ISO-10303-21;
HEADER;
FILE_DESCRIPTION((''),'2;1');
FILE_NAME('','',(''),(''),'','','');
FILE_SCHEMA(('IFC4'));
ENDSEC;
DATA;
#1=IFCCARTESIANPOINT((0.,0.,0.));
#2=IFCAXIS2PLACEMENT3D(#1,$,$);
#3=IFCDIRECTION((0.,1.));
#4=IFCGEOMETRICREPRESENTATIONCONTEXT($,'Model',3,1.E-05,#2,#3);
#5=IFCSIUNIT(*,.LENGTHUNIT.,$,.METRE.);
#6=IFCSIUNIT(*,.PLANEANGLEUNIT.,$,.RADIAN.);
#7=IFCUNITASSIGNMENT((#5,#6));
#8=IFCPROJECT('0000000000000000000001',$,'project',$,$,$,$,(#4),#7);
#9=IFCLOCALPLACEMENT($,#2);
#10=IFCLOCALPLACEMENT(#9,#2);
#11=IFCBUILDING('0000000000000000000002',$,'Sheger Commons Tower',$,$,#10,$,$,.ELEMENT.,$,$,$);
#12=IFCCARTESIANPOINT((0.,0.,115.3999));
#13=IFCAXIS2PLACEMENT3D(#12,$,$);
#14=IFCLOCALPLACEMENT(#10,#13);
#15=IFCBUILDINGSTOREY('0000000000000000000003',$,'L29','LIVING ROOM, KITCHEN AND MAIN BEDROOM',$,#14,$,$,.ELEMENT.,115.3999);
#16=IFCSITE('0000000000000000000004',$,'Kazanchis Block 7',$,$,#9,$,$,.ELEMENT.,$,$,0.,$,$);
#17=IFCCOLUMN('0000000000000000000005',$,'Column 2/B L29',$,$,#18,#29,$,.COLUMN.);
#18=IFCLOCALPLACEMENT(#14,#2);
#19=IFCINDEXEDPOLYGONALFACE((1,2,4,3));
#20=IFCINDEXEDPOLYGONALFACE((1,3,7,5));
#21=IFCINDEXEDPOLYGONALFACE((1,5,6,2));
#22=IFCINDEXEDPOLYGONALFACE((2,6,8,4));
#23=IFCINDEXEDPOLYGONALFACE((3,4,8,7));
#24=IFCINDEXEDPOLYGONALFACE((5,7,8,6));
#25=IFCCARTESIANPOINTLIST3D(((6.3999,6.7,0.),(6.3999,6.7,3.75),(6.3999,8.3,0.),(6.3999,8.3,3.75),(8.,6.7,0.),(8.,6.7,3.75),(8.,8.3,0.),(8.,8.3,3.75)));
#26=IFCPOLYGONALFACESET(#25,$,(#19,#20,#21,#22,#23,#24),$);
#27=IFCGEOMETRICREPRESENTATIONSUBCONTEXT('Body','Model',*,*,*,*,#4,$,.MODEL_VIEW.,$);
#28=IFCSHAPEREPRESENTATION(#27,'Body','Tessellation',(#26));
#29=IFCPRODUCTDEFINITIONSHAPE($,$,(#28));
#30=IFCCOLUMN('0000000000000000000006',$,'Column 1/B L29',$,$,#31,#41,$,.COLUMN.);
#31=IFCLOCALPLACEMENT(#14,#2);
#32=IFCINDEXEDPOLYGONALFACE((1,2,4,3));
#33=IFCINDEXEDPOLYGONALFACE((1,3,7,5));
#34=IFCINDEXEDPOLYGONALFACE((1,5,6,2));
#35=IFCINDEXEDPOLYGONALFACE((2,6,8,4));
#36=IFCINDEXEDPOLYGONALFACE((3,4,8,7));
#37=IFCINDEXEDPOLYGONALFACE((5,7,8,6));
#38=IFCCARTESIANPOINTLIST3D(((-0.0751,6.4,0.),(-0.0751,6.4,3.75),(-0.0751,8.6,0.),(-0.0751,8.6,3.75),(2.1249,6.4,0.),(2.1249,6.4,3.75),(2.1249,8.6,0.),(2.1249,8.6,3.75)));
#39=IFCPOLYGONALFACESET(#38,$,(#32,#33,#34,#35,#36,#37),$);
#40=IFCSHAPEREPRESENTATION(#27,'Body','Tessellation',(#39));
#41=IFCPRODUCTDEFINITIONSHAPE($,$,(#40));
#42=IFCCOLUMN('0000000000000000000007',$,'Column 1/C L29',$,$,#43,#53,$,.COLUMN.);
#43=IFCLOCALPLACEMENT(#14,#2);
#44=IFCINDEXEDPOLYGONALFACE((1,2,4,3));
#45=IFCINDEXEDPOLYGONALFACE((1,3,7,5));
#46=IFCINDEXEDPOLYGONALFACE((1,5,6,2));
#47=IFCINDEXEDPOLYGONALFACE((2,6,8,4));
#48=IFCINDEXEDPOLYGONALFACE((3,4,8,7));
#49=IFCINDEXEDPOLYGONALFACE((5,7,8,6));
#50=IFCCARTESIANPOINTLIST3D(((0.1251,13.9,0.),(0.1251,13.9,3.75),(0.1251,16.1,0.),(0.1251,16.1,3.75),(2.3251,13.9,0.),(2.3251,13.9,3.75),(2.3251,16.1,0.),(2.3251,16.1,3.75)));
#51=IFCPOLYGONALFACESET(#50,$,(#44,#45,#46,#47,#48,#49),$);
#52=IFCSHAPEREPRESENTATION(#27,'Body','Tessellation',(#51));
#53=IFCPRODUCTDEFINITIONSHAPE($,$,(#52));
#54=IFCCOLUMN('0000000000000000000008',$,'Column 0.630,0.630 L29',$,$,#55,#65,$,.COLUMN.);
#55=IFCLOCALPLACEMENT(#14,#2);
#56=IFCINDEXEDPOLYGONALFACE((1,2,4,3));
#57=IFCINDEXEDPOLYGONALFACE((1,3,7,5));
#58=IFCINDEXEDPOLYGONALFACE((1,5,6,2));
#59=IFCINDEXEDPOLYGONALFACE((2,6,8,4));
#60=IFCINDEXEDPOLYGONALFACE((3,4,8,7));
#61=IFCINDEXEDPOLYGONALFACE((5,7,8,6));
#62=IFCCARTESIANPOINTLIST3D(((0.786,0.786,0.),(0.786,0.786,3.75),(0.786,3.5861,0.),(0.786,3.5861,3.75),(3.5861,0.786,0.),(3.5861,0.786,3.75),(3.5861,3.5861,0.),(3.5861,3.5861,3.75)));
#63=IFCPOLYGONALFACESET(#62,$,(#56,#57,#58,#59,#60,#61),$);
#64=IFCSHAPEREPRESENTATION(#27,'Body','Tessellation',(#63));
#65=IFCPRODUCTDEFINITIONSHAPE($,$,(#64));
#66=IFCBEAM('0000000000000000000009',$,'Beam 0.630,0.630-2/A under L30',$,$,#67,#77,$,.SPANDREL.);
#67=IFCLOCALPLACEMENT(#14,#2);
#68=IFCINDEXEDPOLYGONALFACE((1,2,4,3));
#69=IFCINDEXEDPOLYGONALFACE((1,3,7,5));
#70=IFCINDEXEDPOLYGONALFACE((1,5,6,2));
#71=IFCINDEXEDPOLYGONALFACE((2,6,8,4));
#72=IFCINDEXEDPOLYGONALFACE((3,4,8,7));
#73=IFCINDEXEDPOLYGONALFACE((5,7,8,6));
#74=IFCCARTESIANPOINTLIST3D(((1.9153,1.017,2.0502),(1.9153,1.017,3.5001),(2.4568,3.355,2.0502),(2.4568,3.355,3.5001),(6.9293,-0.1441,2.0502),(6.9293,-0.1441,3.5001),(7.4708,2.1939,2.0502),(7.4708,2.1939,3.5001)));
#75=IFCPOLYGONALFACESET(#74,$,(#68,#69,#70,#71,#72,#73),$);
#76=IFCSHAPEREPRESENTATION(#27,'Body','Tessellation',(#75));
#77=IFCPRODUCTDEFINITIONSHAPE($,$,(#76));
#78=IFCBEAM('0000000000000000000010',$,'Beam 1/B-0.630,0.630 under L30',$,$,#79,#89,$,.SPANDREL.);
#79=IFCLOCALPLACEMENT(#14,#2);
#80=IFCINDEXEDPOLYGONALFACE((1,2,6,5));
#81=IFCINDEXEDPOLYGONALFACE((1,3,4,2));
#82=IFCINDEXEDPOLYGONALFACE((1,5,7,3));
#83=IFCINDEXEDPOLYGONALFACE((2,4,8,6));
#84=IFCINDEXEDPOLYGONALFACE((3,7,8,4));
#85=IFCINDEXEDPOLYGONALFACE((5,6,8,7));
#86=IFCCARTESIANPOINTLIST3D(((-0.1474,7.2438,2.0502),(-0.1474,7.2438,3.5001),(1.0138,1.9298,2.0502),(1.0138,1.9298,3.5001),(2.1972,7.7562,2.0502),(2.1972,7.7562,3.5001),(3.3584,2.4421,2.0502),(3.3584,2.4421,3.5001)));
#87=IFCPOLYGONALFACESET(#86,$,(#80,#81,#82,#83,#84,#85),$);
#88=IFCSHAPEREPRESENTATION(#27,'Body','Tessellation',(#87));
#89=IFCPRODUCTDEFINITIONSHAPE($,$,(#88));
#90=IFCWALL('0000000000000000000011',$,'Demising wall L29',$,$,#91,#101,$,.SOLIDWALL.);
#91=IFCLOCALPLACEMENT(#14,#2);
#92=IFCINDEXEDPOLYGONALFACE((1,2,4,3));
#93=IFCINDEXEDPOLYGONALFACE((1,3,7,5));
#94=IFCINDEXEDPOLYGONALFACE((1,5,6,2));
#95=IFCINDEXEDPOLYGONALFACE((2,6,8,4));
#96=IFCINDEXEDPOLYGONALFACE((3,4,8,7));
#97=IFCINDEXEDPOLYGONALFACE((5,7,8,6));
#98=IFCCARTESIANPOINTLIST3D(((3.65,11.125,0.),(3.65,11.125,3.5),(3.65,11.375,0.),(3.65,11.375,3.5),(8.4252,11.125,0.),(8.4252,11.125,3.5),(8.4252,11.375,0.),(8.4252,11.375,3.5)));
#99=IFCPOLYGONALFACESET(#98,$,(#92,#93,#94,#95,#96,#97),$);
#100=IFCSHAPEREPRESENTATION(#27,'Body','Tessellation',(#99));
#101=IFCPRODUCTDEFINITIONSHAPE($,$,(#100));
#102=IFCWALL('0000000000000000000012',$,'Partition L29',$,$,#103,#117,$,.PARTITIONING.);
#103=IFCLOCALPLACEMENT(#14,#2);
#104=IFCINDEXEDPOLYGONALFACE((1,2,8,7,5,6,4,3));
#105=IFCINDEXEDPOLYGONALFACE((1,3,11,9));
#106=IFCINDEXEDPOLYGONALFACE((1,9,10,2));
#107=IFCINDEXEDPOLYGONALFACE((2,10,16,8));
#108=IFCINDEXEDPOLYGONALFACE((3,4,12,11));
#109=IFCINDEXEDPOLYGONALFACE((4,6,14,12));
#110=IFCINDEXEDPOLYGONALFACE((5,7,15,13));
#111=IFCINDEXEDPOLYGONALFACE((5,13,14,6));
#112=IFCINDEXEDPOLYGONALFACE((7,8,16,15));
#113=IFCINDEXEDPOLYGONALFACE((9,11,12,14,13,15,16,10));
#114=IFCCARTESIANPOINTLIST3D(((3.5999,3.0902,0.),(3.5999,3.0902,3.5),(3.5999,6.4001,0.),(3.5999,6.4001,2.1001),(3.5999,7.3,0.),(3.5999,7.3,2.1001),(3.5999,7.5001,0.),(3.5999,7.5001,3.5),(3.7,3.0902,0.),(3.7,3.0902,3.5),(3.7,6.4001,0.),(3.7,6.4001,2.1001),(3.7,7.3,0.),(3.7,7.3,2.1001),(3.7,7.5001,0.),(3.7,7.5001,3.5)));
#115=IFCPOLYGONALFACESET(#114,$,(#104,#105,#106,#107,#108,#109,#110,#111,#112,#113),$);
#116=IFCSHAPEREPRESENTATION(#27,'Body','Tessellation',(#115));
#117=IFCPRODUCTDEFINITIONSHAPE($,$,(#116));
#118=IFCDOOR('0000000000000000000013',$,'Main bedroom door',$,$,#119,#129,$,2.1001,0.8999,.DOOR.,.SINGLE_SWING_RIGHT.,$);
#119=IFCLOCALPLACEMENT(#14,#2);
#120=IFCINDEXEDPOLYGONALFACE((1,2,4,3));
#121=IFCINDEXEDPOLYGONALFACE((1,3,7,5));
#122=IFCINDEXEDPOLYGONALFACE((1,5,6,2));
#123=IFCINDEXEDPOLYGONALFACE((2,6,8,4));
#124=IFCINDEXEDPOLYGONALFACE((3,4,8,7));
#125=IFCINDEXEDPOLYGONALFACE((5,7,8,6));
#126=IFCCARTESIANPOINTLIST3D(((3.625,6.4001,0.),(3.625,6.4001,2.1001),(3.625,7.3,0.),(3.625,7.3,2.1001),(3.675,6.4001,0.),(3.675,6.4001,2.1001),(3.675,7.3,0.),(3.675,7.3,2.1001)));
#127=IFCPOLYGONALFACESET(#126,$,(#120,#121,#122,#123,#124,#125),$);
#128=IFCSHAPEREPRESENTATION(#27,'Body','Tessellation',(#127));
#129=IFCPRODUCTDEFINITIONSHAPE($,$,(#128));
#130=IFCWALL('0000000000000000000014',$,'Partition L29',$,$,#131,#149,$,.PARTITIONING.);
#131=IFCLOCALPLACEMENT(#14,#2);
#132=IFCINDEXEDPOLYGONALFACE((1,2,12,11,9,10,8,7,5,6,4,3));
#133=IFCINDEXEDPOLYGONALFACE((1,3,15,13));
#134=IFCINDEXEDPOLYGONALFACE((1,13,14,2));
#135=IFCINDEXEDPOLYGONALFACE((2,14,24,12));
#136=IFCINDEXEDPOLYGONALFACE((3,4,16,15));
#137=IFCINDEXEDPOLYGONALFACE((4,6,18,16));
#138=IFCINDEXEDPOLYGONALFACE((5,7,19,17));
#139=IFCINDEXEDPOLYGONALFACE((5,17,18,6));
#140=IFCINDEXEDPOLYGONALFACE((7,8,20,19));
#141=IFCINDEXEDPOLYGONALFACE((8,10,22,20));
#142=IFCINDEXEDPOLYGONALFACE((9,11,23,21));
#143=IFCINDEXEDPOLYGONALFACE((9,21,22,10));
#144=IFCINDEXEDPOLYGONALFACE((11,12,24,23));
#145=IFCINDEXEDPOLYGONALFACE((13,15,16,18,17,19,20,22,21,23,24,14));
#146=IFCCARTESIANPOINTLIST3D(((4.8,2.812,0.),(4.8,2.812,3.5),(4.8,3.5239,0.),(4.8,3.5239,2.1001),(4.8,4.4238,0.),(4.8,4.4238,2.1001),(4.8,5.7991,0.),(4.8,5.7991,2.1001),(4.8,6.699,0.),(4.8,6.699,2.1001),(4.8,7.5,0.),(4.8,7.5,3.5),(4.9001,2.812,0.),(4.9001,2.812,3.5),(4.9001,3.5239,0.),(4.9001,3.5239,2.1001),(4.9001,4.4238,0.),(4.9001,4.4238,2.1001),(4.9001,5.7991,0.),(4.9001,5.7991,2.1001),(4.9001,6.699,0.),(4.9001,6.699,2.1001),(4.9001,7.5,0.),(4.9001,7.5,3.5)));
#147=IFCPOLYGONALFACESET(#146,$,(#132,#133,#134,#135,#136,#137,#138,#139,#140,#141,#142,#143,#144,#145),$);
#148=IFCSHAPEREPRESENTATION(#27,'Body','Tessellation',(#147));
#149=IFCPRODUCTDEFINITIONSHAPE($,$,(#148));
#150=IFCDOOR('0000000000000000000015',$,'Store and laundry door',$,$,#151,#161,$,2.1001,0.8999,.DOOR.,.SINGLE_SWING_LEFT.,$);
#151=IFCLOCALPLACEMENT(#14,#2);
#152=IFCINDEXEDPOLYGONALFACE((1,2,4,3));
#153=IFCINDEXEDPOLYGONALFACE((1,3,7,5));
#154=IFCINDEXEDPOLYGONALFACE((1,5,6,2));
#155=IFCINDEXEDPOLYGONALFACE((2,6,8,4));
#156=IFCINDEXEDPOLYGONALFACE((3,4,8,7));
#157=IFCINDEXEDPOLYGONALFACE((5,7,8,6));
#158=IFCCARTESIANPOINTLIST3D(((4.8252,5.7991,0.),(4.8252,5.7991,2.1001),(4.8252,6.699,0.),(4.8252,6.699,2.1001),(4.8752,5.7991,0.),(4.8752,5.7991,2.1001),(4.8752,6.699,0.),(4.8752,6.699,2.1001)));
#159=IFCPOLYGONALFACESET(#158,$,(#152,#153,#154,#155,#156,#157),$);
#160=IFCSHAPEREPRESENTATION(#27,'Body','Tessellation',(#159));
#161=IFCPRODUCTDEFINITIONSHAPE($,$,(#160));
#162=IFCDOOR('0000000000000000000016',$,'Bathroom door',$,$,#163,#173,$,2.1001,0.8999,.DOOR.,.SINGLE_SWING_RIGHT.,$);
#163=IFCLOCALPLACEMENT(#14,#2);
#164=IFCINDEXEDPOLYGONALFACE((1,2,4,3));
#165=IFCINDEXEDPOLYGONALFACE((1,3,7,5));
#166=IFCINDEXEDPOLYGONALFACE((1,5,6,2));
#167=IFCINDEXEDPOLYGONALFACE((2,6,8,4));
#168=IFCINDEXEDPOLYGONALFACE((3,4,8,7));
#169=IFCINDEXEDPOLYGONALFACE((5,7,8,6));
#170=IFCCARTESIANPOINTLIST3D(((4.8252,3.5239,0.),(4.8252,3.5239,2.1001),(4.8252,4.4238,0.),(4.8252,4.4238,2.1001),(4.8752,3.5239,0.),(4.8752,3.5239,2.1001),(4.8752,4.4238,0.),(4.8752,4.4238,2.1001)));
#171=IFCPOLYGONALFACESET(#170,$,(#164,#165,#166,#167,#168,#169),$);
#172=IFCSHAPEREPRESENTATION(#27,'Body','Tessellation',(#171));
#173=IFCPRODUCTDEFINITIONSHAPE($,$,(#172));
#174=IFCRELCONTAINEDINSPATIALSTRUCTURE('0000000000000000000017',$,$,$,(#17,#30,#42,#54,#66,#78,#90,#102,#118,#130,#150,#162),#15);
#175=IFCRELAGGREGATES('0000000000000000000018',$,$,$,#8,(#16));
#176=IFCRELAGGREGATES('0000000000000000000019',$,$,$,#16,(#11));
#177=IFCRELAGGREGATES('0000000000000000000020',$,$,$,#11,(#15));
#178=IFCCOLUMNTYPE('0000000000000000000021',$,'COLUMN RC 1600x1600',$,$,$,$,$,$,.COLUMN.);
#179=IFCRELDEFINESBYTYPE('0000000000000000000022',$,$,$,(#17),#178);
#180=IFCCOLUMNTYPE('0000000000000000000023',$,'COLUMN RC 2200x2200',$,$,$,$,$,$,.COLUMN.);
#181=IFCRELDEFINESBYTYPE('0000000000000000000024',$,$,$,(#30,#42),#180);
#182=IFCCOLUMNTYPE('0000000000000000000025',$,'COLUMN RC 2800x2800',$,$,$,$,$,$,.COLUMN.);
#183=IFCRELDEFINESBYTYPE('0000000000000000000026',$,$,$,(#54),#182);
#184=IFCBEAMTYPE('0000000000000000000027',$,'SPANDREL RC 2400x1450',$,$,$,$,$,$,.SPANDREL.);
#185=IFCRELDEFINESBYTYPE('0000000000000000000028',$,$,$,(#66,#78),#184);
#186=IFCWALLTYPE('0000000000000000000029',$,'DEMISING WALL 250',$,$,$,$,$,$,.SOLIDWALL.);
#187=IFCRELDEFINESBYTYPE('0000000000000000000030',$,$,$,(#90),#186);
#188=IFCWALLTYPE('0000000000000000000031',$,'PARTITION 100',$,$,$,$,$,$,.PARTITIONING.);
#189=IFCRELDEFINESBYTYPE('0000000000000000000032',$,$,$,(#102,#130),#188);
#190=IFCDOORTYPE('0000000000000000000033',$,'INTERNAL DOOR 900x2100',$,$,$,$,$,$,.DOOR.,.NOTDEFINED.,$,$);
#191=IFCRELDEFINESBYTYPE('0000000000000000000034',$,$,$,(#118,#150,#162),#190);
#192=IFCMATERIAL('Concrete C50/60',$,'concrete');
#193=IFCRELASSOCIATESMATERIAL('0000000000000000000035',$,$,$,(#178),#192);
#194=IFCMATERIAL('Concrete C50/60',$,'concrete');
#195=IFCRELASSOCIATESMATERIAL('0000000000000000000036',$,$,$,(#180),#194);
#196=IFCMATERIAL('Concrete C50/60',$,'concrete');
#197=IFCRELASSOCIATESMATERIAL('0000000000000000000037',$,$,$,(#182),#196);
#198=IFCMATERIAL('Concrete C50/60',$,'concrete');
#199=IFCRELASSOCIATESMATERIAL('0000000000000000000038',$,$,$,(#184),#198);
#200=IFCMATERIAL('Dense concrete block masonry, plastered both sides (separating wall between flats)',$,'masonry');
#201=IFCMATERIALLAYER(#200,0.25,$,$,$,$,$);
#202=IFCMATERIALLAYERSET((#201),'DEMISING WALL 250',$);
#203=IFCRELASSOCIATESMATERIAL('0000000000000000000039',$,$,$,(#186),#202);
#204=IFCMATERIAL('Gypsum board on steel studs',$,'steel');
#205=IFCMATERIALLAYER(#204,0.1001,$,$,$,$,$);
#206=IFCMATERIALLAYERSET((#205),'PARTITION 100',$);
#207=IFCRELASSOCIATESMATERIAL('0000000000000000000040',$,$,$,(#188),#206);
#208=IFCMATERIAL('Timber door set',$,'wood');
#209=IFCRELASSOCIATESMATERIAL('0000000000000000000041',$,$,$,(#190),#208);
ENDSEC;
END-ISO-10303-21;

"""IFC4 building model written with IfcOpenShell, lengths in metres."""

from ifc_helpers import new_model, si_unit, direction, frame, frame_2d, origin, origin_2d, place, context, subcontext, project, spatial, rectangle, extrude, material, layer, layer_set, material_profile, profile_set, type_object, element, fill, save


model = new_model("IFC4")

# Units and contexts
model_context = context("Model", 3, precision=1e-05, world=origin(), true_north=direction((0.0, 1.0)))
body_context = subcontext(model_context, "Body", "Model", "MODEL_VIEW")
ifc_project = project(units=[si_unit("LENGTHUNIT", "METRE"), si_unit("PLANEANGLEUNIT", "RADIAN")], contexts=[model_context])

# Site, building, storey
site_placement = place(None, origin())
site = spatial("IfcSite", under=ifc_project, at=site_placement, Name="Kazanchis Block 7", CompositionType="ELEMENT", RefElevation=0.0)
building_placement = place(site_placement, origin())
building = spatial("IfcBuilding", under=site, at=building_placement, Name="Sheger Commons Tower", CompositionType="ELEMENT")
storey_placement = place(building_placement, frame((0.0, 0.0, 115.3999)))
storey = spatial("IfcBuildingStorey", under=building, at=storey_placement, Name="L29", Description="LIVING ROOM, KITCHEN AND MAIN BEDROOM", CompositionType="ELEMENT", Elevation=115.3999)

# Columns
ifc_material_1 = material(Name="Concrete C50/60", Category="concrete")
ifc_material_profile_1 = material_profile(ifc_material_1, rectangle(XDim=1.6001, YDim=1.6001, at=origin_2d()), Name="RC 1600x1600")
ifc_profile_set_1 = profile_set([ifc_material_profile_1], Name="Concrete C50/60")
column_type_1 = type_object("IfcColumnType", Name="COLUMN RC 1600x1600", PredefinedType="COLUMN", material=ifc_profile_set_1)
column_1_placement = place(storey_placement, frame((7.2, 7.5, 0.0), z_axis=(0.0, 0.0, 1.0), x_axis=(1.0, 0.0, 0.0)))
element("IfcColumn", 1, at=column_1_placement, inside=storey, type_object=column_type_1, Name="Column 2/B L29", PredefinedType="COLUMN", context=body_context, shape_type="SweptSolid", body=[
    extrude(rectangle(XDim=1.6001, YDim=1.6001, at=origin_2d()), origin(), (0.0, 0.0, 1.0), 3.75),
])
ifc_material_2 = material(Name="Concrete C50/60", Category="concrete")
ifc_material_profile_2 = material_profile(ifc_material_2, rectangle(XDim=2.2, YDim=2.2, at=origin_2d()), Name="RC 2200x2200")
ifc_profile_set_2 = profile_set([ifc_material_profile_2], Name="Concrete C50/60")
column_type_2 = type_object("IfcColumnType", Name="COLUMN RC 2200x2200", PredefinedType="COLUMN", material=ifc_profile_set_2)
for number, where, z_axis, x_axis, name in (
    (2, (1.0249, 7.5, 0.0), (0.0, 0.0, 1.0), (1.0, 0.0, 0.0), "Column 1/B L29"),
    (3, (1.2251, 15.0, 0.0), (0.0, 0.0, 1.0), (1.0, 0.0, 0.0), "Column 1/C L29"),
):
    element("IfcColumn", number, at=place(storey_placement, frame(where, z_axis=z_axis, x_axis=x_axis)), inside=storey, type_object=column_type_2, Name=name, PredefinedType="COLUMN", context=body_context, shape_type="SweptSolid", body=[
        extrude(rectangle(XDim=2.2, YDim=2.2, at=origin_2d()), origin(), (0.0, 0.0, 1.0), 3.75),
    ])
ifc_material_3 = material(Name="Concrete C50/60", Category="concrete")
ifc_material_profile_3 = material_profile(ifc_material_3, rectangle(XDim=2.8, YDim=2.8, at=origin_2d()), Name="RC 2800x2800")
ifc_profile_set_3 = profile_set([ifc_material_profile_3], Name="Concrete C50/60")
column_type_3 = type_object("IfcColumnType", Name="COLUMN RC 2800x2800", PredefinedType="COLUMN", material=ifc_profile_set_3)
column_2_placement = place(storey_placement, frame((2.186, 2.186, 0.0), z_axis=(0.0, 0.0, 1.0), x_axis=(1.0, 0.0, 0.0)))
element("IfcColumn", 4, at=column_2_placement, inside=storey, type_object=column_type_3, Name="Column 0.630,0.630 L29", PredefinedType="COLUMN", context=body_context, shape_type="SweptSolid", body=[
    extrude(rectangle(XDim=2.8, YDim=2.8, at=origin_2d()), origin(), (0.0, 0.0, 1.0), 3.75),
])

# Beams
ifc_material_4 = material(Name="Concrete C50/60", Category="concrete")
ifc_material_profile_4 = material_profile(ifc_material_4, rectangle(XDim=2.3999, YDim=1.45, at=origin_2d()), Name="RC 2400x1450")
ifc_profile_set_4 = profile_set([ifc_material_profile_4], Name="Concrete C50/60")
beam_type = type_object("IfcBeamType", Name="SPANDREL RC 2400x1450", PredefinedType="SPANDREL", material=ifc_profile_set_4)
beam_1_placement = place(storey_placement, frame((2.186, 2.186, 2.7751), z_axis=(0.974217, -0.225611, 0.0), x_axis=(0.225611, 0.974217, 0.0)))
element("IfcBeam", 5, at=beam_1_placement, inside=storey, type_object=beam_type, Name="Beam 0.630,0.630-2/A under L30", PredefinedType="SPANDREL", context=body_context, shape_type="SweptSolid", body=[
    extrude(rectangle(XDim=2.3999, YDim=1.45, at=origin_2d()), origin(), (0.0, 0.0, 1.0), 5.1467),
])
beam_2_placement = place(storey_placement, frame((1.0249, 7.5, 2.7751), z_axis=(0.213469, -0.97695, 0.0), x_axis=(0.97695, 0.213469, 0.0)))
element("IfcBeam", 6, at=beam_2_placement, inside=storey, type_object=beam_type, Name="Beam 1/B-0.630,0.630 under L30", PredefinedType="SPANDREL", context=body_context, shape_type="SweptSolid", body=[
    extrude(rectangle(XDim=2.3999, YDim=1.45, at=origin_2d()), origin(), (0.0, 0.0, 1.0), 5.4395),
])

# Wall
ifc_material_5 = material(Name="Dense concrete block masonry, plastered both sides (separating wall between flats)", Category="masonry")
ifc_layer_1 = layer(ifc_material_5, 0.25)
ifc_layer_set_1 = layer_set([ifc_layer_1], Name="DEMISING WALL 250")
wall_type_1 = type_object("IfcWallType", Name="DEMISING WALL 250", PredefinedType="SOLIDWALL", material=ifc_layer_set_1)
wall_1_placement = place(storey_placement, frame((3.6499, 11.25, 0.0), z_axis=(0.0, 0.0, 1.0), x_axis=(1.0, 0.0, 0.0)))
element("IfcWall", 7, at=wall_1_placement, inside=storey, type_object=wall_type_1, Name="Demising wall L29", PredefinedType="SOLIDWALL", context=body_context, shape_type="SweptSolid", body=[
    extrude(rectangle(XDim=4.7751, YDim=0.25, at=frame_2d((2.3877, 0.0))), origin(), (0.0, 0.0, 1.0), 3.5),
])

# Wall, opening, door
ifc_material_6 = material(Name="Gypsum board on steel studs", Category="steel")
ifc_layer_2 = layer(ifc_material_6, 0.1001)
ifc_layer_set_2 = layer_set([ifc_layer_2], Name="PARTITION 100")
wall_type_2 = type_object("IfcWallType", Name="PARTITION 100", PredefinedType="PARTITIONING", material=ifc_layer_set_2)
wall_2_placement = place(storey_placement, frame((3.6499, 3.0901, 0.0), z_axis=(0.0, 0.0, 1.0), x_axis=(0.0, 1.0, 0.0)))
wall_2 = element("IfcWall", 8, at=wall_2_placement, inside=storey, type_object=wall_type_2, Name="Partition L29", PredefinedType="PARTITIONING", context=body_context, shape_type="SweptSolid", body=[
    extrude(rectangle(XDim=4.4099, YDim=0.1001, at=frame_2d((2.2051, 0.0))), origin(), (0.0, 0.0, 1.0), 3.5),
])
opening_1_placement = place(wall_2_placement, frame((3.3101, 0.0, 0.0)))
opening_1 = element("IfcOpeningElement", 9, at=opening_1_placement, cuts=wall_2, PredefinedType="OPENING", context=body_context, shape_type="SweptSolid", body=[
    extrude(rectangle(XDim=0.8999, YDim=2.1001, at=frame_2d((0.45, 1.05))), frame((0.0, 0.0601, 0.0), z_axis=(0.0, -1.0, 0.0), x_axis=(1.0, 0.0, 0.0)), (0.0, 0.0, 1.0), 0.1201),
])
ifc_material_7 = material(Name="Timber door set", Category="wood")
door_type = type_object("IfcDoorType", Name="INTERNAL DOOR 900x2100", OperationType="NOTDEFINED", PredefinedType="DOOR", material=ifc_material_7)
door_1_placement = place(opening_1_placement, origin())
door_1 = element("IfcDoor", 10, at=door_1_placement, inside=storey, type_object=door_type, Name="Main bedroom door", OperationType="SINGLE_SWING_RIGHT", OverallHeight=2.1001, OverallWidth=0.8999, PredefinedType="DOOR", context=body_context, shape_type="SweptSolid", body=[
    extrude(rectangle(XDim=0.8999, YDim=2.1001, at=frame_2d((0.45, 1.05))), frame((0.0, 0.0249, 0.0), z_axis=(0.0, -1.0, 0.0), x_axis=(1.0, 0.0, 0.0)), (0.0, 0.0, 1.0), 0.05),
])
fill(opening_1, door_1)

# Wall, openings, doors
wall_3_placement = place(storey_placement, frame((4.8501, 2.812, 0.0), z_axis=(0.0, 0.0, 1.0), x_axis=(0.0, 1.0, 0.0)))
wall_3 = element("IfcWall", 11, at=wall_3_placement, inside=storey, type_object=wall_type_2, Name="Partition L29", PredefinedType="PARTITIONING", context=body_context, shape_type="SweptSolid", body=[
    extrude(rectangle(XDim=4.688, YDim=0.1001, at=frame_2d((2.344, 0.0))), origin(), (0.0, 0.0, 1.0), 3.5),
])
opening_2_placement = place(wall_3_placement, frame((2.9871, 0.0, 0.0)))
opening_2 = element("IfcOpeningElement", 12, at=opening_2_placement, cuts=wall_3, PredefinedType="OPENING", context=body_context, shape_type="SweptSolid", body=[
    extrude(rectangle(XDim=0.8999, YDim=2.1001, at=frame_2d((0.45, 1.05))), frame((0.0, 0.0601, 0.0), z_axis=(0.0, -1.0, 0.0), x_axis=(1.0, 0.0, 0.0)), (0.0, 0.0, 1.0), 0.1201),
])
opening_3_placement = place(wall_3_placement, frame((0.7119, 0.0, 0.0)))
opening_3 = element("IfcOpeningElement", 13, at=opening_3_placement, cuts=wall_3, PredefinedType="OPENING", context=body_context, shape_type="SweptSolid", body=[
    extrude(rectangle(XDim=0.8999, YDim=2.1001, at=frame_2d((0.45, 1.05))), frame((0.0, 0.0601, 0.0), z_axis=(0.0, -1.0, 0.0), x_axis=(1.0, 0.0, 0.0)), (0.0, 0.0, 1.0), 0.1201),
])
door_2_placement = place(opening_2_placement, origin())
door_2 = element("IfcDoor", 14, at=door_2_placement, inside=storey, type_object=door_type, Name="Store and laundry door", OperationType="SINGLE_SWING_LEFT", OverallHeight=2.1001, OverallWidth=0.8999, PredefinedType="DOOR", context=body_context, shape_type="SweptSolid", body=[
    extrude(rectangle(XDim=0.8999, YDim=2.1001, at=frame_2d((0.45, 1.05))), frame((0.0, 0.0249, 0.0), z_axis=(0.0, -1.0, 0.0), x_axis=(1.0, 0.0, 0.0)), (0.0, 0.0, 1.0), 0.05),
])
fill(opening_2, door_2)
door_3_placement = place(opening_3_placement, origin())
door_3 = element("IfcDoor", 15, at=door_3_placement, inside=storey, type_object=door_type, Name="Bathroom door", OperationType="SINGLE_SWING_RIGHT", OverallHeight=2.1001, OverallWidth=0.8999, PredefinedType="DOOR", context=body_context, shape_type="SweptSolid", body=[
    extrude(rectangle(XDim=0.8999, YDim=2.1001, at=frame_2d((0.45, 1.05))), frame((0.0, 0.0249, 0.0), z_axis=(0.0, -1.0, 0.0), x_axis=(1.0, 0.0, 0.0)), (0.0, 0.0, 1.0), 0.05),
])
fill(opening_3, door_3)

save(model, "model.ifc")
